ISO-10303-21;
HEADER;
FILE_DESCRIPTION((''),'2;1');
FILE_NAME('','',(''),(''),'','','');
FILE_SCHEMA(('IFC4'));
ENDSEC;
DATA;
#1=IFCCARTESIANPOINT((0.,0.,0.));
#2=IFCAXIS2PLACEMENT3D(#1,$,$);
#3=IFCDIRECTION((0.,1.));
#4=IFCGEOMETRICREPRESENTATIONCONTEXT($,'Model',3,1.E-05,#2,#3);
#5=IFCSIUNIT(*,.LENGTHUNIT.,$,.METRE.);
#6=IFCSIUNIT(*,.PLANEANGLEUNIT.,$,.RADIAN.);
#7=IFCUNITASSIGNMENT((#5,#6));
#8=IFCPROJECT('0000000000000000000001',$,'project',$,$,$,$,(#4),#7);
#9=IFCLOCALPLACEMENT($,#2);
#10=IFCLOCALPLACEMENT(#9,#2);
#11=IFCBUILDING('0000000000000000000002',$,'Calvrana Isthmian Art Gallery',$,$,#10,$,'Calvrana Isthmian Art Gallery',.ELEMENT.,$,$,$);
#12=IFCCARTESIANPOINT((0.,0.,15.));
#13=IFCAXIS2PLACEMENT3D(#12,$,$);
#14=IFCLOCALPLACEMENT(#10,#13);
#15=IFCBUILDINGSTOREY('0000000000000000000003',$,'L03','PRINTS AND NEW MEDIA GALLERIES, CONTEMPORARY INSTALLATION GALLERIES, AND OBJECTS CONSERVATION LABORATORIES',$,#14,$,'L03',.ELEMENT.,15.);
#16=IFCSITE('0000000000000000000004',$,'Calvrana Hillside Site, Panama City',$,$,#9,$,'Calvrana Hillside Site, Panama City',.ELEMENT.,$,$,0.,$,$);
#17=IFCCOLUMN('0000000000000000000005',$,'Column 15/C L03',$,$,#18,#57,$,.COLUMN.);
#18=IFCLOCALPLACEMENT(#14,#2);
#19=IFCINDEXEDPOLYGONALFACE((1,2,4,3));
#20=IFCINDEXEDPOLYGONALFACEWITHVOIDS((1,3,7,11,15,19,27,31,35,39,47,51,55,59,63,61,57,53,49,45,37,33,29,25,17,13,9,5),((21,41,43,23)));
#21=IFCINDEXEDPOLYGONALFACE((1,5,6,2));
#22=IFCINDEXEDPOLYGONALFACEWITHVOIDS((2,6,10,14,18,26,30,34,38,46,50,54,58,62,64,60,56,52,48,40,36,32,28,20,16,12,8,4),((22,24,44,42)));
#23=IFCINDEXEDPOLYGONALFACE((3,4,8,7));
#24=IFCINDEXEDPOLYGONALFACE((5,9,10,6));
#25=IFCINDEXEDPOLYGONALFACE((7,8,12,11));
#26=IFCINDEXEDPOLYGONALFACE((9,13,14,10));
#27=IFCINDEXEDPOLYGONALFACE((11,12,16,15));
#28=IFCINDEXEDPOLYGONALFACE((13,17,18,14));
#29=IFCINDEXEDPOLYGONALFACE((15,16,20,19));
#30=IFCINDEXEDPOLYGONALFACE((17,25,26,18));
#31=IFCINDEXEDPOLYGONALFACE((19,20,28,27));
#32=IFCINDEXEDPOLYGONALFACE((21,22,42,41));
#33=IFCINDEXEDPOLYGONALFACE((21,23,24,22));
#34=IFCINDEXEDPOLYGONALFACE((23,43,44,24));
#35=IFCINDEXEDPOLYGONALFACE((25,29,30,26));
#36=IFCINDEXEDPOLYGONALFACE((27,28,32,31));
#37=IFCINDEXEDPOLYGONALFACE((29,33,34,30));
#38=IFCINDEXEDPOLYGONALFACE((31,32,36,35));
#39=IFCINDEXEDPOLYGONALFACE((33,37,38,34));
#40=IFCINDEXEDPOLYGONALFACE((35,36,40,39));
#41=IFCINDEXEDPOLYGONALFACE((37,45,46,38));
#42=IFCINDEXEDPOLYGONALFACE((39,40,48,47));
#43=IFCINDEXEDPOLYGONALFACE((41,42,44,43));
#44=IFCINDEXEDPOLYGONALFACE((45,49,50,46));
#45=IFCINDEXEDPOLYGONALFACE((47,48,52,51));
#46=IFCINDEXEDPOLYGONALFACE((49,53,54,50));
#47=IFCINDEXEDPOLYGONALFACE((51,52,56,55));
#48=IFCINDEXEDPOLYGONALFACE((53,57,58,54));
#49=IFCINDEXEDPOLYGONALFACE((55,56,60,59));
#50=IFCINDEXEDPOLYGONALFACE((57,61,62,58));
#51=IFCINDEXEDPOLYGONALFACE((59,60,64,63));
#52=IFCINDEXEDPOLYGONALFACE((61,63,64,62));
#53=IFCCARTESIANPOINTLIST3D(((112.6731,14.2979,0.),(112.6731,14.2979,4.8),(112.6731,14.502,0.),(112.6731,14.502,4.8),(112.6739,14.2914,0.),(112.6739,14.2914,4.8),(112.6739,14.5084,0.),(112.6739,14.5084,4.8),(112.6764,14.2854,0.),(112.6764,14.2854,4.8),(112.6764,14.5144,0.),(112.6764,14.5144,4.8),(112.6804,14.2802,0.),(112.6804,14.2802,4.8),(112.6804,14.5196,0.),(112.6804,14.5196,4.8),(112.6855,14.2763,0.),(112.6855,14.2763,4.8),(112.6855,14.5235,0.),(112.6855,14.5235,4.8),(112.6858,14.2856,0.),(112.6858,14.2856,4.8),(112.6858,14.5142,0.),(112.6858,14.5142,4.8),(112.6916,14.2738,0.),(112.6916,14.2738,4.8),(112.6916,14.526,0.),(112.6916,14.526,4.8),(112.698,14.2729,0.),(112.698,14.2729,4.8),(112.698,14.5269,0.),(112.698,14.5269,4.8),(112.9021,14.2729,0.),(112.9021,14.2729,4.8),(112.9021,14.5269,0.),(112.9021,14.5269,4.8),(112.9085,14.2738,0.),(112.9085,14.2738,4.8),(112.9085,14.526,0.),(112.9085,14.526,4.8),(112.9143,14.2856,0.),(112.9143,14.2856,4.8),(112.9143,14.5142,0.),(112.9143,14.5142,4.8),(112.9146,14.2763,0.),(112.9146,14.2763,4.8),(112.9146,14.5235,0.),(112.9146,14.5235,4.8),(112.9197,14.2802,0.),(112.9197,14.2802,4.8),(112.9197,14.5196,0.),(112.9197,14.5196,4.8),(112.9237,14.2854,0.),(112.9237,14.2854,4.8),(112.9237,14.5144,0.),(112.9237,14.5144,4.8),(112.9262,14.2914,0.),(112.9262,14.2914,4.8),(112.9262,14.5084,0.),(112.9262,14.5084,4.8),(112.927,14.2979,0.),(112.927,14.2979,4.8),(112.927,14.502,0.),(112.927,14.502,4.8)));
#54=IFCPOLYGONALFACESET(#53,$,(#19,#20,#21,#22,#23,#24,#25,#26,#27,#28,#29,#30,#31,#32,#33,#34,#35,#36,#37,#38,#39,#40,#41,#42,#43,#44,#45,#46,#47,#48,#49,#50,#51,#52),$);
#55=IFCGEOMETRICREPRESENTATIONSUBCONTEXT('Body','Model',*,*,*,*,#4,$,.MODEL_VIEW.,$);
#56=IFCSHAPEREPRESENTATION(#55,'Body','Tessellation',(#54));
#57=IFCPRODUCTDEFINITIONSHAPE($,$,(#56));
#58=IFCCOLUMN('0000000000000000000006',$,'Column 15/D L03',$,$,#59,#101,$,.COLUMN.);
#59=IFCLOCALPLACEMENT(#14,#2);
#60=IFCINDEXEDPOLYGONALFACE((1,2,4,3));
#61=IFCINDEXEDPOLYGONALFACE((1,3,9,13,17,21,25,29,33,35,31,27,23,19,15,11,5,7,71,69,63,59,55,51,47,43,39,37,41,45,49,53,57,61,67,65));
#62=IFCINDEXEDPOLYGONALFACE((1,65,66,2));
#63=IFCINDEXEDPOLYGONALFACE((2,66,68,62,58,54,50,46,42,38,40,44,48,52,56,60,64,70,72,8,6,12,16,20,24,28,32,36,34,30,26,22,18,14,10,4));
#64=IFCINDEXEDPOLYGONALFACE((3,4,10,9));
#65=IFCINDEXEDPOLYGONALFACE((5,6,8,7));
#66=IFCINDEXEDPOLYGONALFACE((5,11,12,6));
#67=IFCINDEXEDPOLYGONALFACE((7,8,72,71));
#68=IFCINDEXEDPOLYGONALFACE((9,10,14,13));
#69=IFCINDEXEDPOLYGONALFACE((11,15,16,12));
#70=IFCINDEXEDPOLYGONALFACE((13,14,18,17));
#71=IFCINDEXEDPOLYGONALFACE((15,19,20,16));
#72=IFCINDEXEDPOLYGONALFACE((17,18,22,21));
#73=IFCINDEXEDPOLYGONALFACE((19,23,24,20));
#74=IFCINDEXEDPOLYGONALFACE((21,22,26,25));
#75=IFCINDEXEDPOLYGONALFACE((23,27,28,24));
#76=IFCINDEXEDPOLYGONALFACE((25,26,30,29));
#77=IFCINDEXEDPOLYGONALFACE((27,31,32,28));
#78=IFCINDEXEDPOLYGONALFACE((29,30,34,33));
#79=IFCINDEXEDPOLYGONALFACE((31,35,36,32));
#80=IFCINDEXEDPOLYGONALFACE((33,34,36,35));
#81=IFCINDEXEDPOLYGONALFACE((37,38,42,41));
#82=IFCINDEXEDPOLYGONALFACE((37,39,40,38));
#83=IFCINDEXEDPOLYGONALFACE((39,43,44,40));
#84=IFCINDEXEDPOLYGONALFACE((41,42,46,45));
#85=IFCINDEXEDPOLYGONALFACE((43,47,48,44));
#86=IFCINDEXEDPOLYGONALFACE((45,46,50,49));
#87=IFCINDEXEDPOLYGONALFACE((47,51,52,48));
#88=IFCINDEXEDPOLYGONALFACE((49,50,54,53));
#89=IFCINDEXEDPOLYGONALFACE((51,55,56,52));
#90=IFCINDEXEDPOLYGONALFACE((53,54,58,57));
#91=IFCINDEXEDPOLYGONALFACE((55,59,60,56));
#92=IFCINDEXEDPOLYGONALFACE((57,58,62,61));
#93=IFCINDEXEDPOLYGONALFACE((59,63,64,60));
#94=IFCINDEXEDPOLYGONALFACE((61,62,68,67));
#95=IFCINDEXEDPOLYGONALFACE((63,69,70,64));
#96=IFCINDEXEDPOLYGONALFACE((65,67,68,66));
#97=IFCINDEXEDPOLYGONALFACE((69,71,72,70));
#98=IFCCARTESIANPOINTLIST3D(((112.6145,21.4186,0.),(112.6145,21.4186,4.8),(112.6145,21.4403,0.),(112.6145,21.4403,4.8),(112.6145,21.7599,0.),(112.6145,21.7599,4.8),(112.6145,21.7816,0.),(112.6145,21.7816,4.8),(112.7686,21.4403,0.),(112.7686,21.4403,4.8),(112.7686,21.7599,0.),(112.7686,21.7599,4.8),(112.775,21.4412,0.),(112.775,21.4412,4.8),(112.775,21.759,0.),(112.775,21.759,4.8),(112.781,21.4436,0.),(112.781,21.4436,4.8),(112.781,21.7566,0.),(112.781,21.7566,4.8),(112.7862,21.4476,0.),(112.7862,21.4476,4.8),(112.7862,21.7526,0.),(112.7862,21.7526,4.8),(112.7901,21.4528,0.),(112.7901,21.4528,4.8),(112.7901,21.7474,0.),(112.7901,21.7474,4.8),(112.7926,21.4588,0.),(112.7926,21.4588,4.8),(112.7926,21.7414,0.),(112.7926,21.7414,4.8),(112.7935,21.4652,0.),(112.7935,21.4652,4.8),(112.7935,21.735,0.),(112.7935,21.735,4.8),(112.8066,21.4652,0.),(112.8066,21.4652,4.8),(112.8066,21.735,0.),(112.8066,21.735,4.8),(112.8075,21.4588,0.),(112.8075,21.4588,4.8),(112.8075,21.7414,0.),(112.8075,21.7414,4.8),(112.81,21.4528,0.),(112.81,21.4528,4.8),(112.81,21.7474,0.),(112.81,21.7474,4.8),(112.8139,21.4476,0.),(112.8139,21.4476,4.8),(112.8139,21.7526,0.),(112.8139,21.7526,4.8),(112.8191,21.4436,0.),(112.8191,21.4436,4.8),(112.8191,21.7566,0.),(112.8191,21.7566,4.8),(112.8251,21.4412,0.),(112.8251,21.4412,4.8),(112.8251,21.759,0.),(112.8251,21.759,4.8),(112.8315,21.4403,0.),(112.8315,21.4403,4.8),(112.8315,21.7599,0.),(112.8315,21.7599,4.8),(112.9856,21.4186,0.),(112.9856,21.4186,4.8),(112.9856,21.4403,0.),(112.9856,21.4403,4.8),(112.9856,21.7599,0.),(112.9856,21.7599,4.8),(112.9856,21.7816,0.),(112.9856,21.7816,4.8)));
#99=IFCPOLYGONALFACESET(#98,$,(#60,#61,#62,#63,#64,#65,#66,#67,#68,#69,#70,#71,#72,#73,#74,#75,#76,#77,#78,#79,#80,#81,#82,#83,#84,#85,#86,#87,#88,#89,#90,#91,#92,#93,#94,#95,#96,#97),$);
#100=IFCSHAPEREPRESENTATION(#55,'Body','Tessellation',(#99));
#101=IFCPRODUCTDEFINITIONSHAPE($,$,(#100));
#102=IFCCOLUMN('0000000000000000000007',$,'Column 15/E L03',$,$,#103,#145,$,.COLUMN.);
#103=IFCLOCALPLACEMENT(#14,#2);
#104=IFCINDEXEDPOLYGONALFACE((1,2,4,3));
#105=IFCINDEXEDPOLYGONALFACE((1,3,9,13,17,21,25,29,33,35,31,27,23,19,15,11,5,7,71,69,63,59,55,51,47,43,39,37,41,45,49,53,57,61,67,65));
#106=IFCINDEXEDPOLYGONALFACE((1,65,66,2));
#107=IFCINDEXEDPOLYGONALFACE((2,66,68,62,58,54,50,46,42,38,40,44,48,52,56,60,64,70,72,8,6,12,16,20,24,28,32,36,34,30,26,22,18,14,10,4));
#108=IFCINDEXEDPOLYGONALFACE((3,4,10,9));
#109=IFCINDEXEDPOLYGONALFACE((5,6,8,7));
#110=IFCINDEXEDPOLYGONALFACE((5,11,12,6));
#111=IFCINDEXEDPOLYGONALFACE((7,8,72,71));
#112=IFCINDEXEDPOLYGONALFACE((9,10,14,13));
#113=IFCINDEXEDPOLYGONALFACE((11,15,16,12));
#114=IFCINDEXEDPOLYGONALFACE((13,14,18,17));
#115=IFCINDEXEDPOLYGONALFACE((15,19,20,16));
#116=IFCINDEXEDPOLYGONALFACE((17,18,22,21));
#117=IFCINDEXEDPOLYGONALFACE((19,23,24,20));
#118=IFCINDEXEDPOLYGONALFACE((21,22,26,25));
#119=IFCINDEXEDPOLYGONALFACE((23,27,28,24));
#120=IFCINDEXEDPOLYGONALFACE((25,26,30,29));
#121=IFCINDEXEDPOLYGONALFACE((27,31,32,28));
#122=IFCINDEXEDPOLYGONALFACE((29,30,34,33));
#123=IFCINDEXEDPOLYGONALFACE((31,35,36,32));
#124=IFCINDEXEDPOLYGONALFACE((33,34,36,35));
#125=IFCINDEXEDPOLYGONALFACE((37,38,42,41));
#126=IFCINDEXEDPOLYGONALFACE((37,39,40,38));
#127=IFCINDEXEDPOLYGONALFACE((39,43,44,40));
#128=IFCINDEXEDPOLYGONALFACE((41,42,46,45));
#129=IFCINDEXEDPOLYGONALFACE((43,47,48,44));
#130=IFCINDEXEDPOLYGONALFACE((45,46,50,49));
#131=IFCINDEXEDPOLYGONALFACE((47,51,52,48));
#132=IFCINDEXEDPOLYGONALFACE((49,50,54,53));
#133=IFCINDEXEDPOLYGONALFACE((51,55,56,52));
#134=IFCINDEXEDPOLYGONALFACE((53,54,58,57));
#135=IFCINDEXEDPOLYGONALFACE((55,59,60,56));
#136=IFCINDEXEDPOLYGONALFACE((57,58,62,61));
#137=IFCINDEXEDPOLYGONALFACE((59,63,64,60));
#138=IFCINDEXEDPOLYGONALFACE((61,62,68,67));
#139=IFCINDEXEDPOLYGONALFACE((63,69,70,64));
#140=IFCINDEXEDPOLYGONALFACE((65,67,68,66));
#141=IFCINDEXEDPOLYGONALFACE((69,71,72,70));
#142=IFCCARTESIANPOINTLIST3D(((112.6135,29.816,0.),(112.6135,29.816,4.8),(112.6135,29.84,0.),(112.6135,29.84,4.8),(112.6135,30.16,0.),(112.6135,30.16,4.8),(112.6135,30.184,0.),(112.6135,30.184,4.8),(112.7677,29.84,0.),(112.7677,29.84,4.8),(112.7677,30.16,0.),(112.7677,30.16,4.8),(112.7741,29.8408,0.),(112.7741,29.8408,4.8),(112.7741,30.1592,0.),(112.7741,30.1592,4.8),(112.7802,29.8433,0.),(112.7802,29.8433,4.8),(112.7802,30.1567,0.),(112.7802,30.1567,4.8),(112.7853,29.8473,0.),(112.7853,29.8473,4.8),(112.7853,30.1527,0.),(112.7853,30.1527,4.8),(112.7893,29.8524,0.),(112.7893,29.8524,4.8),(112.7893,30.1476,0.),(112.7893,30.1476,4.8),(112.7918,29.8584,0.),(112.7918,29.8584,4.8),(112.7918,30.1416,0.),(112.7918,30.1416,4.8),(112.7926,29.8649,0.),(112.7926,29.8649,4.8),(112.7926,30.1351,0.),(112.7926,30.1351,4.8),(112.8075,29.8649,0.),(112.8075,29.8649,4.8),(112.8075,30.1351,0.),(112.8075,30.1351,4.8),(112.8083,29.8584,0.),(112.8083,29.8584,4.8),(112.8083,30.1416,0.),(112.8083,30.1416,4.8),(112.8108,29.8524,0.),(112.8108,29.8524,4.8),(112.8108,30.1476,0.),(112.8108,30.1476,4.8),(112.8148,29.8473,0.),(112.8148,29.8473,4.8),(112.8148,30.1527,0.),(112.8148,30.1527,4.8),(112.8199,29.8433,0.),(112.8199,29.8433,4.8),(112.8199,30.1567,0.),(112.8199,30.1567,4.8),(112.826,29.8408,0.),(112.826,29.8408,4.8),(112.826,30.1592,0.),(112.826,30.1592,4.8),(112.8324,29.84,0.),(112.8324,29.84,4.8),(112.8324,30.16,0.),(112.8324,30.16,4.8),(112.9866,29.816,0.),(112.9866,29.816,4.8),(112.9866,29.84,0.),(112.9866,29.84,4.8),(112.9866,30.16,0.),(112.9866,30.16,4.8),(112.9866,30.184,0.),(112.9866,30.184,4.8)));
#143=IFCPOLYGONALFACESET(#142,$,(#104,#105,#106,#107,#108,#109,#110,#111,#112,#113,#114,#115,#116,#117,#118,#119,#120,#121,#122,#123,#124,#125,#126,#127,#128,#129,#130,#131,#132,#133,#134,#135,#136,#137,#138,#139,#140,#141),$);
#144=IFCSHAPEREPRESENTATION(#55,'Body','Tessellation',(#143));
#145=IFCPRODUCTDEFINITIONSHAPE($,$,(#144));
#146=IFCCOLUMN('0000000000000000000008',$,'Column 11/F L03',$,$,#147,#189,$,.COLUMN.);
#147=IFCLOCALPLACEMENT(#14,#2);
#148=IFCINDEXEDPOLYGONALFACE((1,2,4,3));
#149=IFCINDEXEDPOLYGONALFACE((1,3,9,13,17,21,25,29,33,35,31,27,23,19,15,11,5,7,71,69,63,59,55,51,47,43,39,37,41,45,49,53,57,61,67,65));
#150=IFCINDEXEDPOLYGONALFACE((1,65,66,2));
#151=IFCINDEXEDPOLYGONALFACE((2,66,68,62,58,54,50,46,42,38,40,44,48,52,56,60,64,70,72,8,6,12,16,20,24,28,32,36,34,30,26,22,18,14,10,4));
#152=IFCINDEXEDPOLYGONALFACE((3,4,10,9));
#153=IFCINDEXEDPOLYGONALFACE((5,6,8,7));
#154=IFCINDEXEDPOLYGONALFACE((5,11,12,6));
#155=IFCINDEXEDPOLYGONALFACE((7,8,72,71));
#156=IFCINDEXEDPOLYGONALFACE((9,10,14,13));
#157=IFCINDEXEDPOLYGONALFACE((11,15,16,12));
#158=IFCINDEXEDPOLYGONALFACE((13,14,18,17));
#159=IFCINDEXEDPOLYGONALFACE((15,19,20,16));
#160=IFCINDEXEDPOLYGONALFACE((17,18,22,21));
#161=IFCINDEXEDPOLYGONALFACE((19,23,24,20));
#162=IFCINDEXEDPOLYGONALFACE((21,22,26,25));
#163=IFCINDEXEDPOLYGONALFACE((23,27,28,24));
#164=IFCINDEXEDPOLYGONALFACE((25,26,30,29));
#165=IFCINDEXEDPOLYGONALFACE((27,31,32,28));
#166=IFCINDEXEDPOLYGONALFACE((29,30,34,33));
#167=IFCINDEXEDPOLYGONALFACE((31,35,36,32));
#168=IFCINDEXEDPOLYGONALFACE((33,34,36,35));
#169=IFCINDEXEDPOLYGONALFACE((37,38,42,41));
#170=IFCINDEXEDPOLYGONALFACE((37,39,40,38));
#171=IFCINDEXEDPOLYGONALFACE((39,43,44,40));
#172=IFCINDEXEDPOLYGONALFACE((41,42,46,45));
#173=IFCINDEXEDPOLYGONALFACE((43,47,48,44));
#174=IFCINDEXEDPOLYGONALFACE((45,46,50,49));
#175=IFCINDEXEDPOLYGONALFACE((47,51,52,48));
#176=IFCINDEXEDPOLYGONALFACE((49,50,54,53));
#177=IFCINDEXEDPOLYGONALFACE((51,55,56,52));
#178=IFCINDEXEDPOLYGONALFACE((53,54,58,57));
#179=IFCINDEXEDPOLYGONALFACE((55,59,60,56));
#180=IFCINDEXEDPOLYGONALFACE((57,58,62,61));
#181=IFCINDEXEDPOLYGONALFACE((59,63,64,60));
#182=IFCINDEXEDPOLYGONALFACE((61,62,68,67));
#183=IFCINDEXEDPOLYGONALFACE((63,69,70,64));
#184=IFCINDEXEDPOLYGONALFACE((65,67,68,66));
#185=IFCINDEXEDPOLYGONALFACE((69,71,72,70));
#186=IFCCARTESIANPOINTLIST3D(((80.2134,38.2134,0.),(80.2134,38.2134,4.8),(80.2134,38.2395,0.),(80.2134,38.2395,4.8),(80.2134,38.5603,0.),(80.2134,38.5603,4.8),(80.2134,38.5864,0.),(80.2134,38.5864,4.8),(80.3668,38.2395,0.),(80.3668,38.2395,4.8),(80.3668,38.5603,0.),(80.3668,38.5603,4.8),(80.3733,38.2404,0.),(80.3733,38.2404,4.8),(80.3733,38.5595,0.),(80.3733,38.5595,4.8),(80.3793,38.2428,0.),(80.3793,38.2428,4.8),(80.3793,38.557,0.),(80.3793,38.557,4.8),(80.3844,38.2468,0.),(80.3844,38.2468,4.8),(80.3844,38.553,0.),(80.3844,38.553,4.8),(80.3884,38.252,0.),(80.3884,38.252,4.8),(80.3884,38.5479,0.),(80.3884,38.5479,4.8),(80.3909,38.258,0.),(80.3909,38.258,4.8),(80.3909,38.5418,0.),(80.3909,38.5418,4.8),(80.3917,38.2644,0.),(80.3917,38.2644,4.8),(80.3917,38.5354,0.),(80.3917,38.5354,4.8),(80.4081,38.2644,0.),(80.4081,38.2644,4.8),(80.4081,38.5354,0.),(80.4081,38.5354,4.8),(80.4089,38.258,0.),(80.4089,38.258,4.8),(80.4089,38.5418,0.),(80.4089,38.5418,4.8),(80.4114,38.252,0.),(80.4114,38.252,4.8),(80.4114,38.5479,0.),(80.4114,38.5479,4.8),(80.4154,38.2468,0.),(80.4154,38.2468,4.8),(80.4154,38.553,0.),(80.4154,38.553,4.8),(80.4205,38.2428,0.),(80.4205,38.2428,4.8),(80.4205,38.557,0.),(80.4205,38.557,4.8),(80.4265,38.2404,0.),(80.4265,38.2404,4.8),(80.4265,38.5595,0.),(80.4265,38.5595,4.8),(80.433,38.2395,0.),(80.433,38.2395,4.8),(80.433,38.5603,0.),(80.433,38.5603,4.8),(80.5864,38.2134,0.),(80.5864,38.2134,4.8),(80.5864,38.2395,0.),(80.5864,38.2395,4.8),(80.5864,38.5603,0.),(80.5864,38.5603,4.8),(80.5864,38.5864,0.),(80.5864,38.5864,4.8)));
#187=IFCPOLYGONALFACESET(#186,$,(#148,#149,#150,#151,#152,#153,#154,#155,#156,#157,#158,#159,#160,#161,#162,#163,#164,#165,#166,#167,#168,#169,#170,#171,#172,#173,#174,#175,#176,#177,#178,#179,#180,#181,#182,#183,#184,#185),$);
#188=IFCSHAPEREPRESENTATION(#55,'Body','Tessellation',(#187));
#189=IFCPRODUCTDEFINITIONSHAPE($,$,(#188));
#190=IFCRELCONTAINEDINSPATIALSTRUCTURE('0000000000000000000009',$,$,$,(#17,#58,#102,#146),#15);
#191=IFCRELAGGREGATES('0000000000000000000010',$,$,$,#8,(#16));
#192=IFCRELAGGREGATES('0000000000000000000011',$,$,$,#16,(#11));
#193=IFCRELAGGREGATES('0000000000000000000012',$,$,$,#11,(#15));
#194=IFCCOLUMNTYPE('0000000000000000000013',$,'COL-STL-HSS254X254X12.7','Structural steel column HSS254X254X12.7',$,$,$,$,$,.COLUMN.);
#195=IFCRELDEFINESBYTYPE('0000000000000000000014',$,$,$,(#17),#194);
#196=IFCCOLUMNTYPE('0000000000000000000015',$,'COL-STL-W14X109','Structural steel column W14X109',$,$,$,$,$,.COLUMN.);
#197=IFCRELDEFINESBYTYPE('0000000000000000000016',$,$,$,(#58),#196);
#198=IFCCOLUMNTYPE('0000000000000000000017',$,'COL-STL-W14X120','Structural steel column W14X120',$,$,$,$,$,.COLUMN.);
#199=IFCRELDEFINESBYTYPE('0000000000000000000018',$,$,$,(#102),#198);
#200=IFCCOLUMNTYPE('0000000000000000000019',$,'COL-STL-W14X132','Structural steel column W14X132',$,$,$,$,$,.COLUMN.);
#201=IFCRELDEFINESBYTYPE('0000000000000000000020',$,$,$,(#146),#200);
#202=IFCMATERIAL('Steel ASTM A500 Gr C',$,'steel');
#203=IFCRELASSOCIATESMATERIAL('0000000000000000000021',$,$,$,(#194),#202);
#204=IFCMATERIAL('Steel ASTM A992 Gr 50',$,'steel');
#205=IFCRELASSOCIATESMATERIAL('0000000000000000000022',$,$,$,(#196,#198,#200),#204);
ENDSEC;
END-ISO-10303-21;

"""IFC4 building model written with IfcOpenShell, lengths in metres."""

from ifc_helpers import new_model, si_unit, direction, frame, origin, origin_2d, place, context, subcontext, project, spatial, hollow_rectangle, i_section, extrude, material, material_profile, profile_set, type_object, element, save


model = new_model("IFC4")

# Units and contexts
model_context = context("Model", 3, precision=1e-05, world=origin(), true_north=direction((0.0, 1.0)))
body_context = subcontext(model_context, "Body", "Model", "MODEL_VIEW")
ifc_project = project(units=[si_unit("LENGTHUNIT", "METRE"), si_unit("PLANEANGLEUNIT", "RADIAN")], contexts=[model_context])

# Site, building, storey
site_placement = place(None, origin())
site = spatial("IfcSite", under=ifc_project, at=site_placement, Name="Calvrana Hillside Site, Panama City", LongName="Calvrana Hillside Site, Panama City", CompositionType="ELEMENT", RefElevation=0.0)
building_placement = place(site_placement, origin())
building = spatial("IfcBuilding", under=site, at=building_placement, Name="Calvrana Isthmian Art Gallery", LongName="Calvrana Isthmian Art Gallery", CompositionType="ELEMENT")
storey_placement = place(building_placement, frame((0.0, 0.0, 15.0)))
storey = spatial("IfcBuildingStorey", under=building, at=storey_placement, Name="L03", Description="PRINTS AND NEW MEDIA GALLERIES, CONTEMPORARY INSTALLATION GALLERIES, AND OBJECTS CONSERVATION LABORATORIES", LongName="L03", CompositionType="ELEMENT", Elevation=15.0)

# Columns
ifc_material_1 = material(Name="Steel ASTM A500 Gr C", Category="steel")
ifc_material_profile_1 = material_profile(ifc_material_1, hollow_rectangle(XDim=0.2539, YDim=0.2539, WallThickness=0.0127, OuterFilletRadius=0.0249, at=origin_2d()), Name="HSS254X254X12.7")
ifc_profile_set_1 = profile_set([ifc_material_profile_1], Name="Steel ASTM A500 Gr C")
column_type_1 = type_object("IfcColumnType", Name="COL-STL-HSS254X254X12.7", Description="Structural steel column HSS254X254X12.7", PredefinedType="COLUMN", material=ifc_profile_set_1)
column_1_placement = place(storey_placement, frame((112.8, 14.3999, 0.0), z_axis=(0.0, 0.0, 1.0), x_axis=(1.0, 0.0, 0.0)))
element("IfcColumn", 1, at=column_1_placement, inside=storey, type_object=column_type_1, Name="Column 15/C L03", PredefinedType="COLUMN", context=body_context, shape_type="SweptSolid", body=[
    extrude(hollow_rectangle(XDim=0.2539, YDim=0.2539, WallThickness=0.0127, OuterFilletRadius=0.0249, at=origin_2d()), origin(), (0.0, 0.0, 1.0), 4.8),
])
ifc_material_2 = material(Name="Steel ASTM A992 Gr 50", Category="steel")
ifc_material_profile_2 = material_profile(ifc_material_2, i_section(OverallWidth=0.3711, OverallDepth=0.363, WebThickness=0.0132, FlangeThickness=0.0217, FilletRadius=0.0249, at=origin_2d()), Name="W14X109")
ifc_profile_set_2 = profile_set([ifc_material_profile_2], Name="Steel ASTM A992 Gr 50")
column_type_2 = type_object("IfcColumnType", Name="COL-STL-W14X109", Description="Structural steel column W14X109", PredefinedType="COLUMN", material=ifc_profile_set_2)
column_2_placement = place(storey_placement, frame((112.8, 21.6001, 0.0), z_axis=(0.0, 0.0, 1.0), x_axis=(1.0, 0.0, 0.0)))
element("IfcColumn", 2, at=column_2_placement, inside=storey, type_object=column_type_2, Name="Column 15/D L03", PredefinedType="COLUMN", context=body_context, shape_type="SweptSolid", body=[
    extrude(i_section(OverallWidth=0.3711, OverallDepth=0.363, WebThickness=0.0132, FlangeThickness=0.0217, FilletRadius=0.0249, at=origin_2d()), origin(), (0.0, 0.0, 1.0), 4.8),
])
ifc_material_profile_3 = material_profile(ifc_material_2, i_section(OverallWidth=0.373, OverallDepth=0.3679, WebThickness=0.0149, FlangeThickness=0.0239, FilletRadius=0.0249, at=origin_2d()), Name="W14X120")
ifc_profile_set_3 = profile_set([ifc_material_profile_3], Name="Steel ASTM A992 Gr 50")
column_type_3 = type_object("IfcColumnType", Name="COL-STL-W14X120", Description="Structural steel column W14X120", PredefinedType="COLUMN", material=ifc_profile_set_3)
column_3_placement = place(storey_placement, frame((112.8, 30.0, 0.0), z_axis=(0.0, 0.0, 1.0), x_axis=(1.0, 0.0, 0.0)))
element("IfcColumn", 3, at=column_3_placement, inside=storey, type_object=column_type_3, Name="Column 15/E L03", PredefinedType="COLUMN", context=body_context, shape_type="SweptSolid", body=[
    extrude(i_section(OverallWidth=0.373, OverallDepth=0.3679, WebThickness=0.0149, FlangeThickness=0.0239, FilletRadius=0.0249, at=origin_2d()), origin(), (0.0, 0.0, 1.0), 4.8),
])
ifc_material_profile_4 = material_profile(ifc_material_2, i_section(OverallWidth=0.373, OverallDepth=0.373, WebThickness=0.0164, FlangeThickness=0.0261, FilletRadius=0.0249, at=origin_2d()), Name="W14X132")
ifc_profile_set_4 = profile_set([ifc_material_profile_4], Name="Steel ASTM A992 Gr 50")
column_type_4 = type_object("IfcColumnType", Name="COL-STL-W14X132", Description="Structural steel column W14X132", PredefinedType="COLUMN", material=ifc_profile_set_4)
column_4_placement = place(storey_placement, frame((80.3999, 38.3999, 0.0), z_axis=(0.0, 0.0, 1.0), x_axis=(1.0, 0.0, 0.0)))
element("IfcColumn", 4, at=column_4_placement, inside=storey, type_object=column_type_4, Name="Column 11/F L03", PredefinedType="COLUMN", context=body_context, shape_type="SweptSolid", body=[
    extrude(i_section(OverallWidth=0.373, OverallDepth=0.373, WebThickness=0.0164, FlangeThickness=0.0261, FilletRadius=0.0249, at=origin_2d()), origin(), (0.0, 0.0, 1.0), 4.8),
])

save(model, "model.ifc")
